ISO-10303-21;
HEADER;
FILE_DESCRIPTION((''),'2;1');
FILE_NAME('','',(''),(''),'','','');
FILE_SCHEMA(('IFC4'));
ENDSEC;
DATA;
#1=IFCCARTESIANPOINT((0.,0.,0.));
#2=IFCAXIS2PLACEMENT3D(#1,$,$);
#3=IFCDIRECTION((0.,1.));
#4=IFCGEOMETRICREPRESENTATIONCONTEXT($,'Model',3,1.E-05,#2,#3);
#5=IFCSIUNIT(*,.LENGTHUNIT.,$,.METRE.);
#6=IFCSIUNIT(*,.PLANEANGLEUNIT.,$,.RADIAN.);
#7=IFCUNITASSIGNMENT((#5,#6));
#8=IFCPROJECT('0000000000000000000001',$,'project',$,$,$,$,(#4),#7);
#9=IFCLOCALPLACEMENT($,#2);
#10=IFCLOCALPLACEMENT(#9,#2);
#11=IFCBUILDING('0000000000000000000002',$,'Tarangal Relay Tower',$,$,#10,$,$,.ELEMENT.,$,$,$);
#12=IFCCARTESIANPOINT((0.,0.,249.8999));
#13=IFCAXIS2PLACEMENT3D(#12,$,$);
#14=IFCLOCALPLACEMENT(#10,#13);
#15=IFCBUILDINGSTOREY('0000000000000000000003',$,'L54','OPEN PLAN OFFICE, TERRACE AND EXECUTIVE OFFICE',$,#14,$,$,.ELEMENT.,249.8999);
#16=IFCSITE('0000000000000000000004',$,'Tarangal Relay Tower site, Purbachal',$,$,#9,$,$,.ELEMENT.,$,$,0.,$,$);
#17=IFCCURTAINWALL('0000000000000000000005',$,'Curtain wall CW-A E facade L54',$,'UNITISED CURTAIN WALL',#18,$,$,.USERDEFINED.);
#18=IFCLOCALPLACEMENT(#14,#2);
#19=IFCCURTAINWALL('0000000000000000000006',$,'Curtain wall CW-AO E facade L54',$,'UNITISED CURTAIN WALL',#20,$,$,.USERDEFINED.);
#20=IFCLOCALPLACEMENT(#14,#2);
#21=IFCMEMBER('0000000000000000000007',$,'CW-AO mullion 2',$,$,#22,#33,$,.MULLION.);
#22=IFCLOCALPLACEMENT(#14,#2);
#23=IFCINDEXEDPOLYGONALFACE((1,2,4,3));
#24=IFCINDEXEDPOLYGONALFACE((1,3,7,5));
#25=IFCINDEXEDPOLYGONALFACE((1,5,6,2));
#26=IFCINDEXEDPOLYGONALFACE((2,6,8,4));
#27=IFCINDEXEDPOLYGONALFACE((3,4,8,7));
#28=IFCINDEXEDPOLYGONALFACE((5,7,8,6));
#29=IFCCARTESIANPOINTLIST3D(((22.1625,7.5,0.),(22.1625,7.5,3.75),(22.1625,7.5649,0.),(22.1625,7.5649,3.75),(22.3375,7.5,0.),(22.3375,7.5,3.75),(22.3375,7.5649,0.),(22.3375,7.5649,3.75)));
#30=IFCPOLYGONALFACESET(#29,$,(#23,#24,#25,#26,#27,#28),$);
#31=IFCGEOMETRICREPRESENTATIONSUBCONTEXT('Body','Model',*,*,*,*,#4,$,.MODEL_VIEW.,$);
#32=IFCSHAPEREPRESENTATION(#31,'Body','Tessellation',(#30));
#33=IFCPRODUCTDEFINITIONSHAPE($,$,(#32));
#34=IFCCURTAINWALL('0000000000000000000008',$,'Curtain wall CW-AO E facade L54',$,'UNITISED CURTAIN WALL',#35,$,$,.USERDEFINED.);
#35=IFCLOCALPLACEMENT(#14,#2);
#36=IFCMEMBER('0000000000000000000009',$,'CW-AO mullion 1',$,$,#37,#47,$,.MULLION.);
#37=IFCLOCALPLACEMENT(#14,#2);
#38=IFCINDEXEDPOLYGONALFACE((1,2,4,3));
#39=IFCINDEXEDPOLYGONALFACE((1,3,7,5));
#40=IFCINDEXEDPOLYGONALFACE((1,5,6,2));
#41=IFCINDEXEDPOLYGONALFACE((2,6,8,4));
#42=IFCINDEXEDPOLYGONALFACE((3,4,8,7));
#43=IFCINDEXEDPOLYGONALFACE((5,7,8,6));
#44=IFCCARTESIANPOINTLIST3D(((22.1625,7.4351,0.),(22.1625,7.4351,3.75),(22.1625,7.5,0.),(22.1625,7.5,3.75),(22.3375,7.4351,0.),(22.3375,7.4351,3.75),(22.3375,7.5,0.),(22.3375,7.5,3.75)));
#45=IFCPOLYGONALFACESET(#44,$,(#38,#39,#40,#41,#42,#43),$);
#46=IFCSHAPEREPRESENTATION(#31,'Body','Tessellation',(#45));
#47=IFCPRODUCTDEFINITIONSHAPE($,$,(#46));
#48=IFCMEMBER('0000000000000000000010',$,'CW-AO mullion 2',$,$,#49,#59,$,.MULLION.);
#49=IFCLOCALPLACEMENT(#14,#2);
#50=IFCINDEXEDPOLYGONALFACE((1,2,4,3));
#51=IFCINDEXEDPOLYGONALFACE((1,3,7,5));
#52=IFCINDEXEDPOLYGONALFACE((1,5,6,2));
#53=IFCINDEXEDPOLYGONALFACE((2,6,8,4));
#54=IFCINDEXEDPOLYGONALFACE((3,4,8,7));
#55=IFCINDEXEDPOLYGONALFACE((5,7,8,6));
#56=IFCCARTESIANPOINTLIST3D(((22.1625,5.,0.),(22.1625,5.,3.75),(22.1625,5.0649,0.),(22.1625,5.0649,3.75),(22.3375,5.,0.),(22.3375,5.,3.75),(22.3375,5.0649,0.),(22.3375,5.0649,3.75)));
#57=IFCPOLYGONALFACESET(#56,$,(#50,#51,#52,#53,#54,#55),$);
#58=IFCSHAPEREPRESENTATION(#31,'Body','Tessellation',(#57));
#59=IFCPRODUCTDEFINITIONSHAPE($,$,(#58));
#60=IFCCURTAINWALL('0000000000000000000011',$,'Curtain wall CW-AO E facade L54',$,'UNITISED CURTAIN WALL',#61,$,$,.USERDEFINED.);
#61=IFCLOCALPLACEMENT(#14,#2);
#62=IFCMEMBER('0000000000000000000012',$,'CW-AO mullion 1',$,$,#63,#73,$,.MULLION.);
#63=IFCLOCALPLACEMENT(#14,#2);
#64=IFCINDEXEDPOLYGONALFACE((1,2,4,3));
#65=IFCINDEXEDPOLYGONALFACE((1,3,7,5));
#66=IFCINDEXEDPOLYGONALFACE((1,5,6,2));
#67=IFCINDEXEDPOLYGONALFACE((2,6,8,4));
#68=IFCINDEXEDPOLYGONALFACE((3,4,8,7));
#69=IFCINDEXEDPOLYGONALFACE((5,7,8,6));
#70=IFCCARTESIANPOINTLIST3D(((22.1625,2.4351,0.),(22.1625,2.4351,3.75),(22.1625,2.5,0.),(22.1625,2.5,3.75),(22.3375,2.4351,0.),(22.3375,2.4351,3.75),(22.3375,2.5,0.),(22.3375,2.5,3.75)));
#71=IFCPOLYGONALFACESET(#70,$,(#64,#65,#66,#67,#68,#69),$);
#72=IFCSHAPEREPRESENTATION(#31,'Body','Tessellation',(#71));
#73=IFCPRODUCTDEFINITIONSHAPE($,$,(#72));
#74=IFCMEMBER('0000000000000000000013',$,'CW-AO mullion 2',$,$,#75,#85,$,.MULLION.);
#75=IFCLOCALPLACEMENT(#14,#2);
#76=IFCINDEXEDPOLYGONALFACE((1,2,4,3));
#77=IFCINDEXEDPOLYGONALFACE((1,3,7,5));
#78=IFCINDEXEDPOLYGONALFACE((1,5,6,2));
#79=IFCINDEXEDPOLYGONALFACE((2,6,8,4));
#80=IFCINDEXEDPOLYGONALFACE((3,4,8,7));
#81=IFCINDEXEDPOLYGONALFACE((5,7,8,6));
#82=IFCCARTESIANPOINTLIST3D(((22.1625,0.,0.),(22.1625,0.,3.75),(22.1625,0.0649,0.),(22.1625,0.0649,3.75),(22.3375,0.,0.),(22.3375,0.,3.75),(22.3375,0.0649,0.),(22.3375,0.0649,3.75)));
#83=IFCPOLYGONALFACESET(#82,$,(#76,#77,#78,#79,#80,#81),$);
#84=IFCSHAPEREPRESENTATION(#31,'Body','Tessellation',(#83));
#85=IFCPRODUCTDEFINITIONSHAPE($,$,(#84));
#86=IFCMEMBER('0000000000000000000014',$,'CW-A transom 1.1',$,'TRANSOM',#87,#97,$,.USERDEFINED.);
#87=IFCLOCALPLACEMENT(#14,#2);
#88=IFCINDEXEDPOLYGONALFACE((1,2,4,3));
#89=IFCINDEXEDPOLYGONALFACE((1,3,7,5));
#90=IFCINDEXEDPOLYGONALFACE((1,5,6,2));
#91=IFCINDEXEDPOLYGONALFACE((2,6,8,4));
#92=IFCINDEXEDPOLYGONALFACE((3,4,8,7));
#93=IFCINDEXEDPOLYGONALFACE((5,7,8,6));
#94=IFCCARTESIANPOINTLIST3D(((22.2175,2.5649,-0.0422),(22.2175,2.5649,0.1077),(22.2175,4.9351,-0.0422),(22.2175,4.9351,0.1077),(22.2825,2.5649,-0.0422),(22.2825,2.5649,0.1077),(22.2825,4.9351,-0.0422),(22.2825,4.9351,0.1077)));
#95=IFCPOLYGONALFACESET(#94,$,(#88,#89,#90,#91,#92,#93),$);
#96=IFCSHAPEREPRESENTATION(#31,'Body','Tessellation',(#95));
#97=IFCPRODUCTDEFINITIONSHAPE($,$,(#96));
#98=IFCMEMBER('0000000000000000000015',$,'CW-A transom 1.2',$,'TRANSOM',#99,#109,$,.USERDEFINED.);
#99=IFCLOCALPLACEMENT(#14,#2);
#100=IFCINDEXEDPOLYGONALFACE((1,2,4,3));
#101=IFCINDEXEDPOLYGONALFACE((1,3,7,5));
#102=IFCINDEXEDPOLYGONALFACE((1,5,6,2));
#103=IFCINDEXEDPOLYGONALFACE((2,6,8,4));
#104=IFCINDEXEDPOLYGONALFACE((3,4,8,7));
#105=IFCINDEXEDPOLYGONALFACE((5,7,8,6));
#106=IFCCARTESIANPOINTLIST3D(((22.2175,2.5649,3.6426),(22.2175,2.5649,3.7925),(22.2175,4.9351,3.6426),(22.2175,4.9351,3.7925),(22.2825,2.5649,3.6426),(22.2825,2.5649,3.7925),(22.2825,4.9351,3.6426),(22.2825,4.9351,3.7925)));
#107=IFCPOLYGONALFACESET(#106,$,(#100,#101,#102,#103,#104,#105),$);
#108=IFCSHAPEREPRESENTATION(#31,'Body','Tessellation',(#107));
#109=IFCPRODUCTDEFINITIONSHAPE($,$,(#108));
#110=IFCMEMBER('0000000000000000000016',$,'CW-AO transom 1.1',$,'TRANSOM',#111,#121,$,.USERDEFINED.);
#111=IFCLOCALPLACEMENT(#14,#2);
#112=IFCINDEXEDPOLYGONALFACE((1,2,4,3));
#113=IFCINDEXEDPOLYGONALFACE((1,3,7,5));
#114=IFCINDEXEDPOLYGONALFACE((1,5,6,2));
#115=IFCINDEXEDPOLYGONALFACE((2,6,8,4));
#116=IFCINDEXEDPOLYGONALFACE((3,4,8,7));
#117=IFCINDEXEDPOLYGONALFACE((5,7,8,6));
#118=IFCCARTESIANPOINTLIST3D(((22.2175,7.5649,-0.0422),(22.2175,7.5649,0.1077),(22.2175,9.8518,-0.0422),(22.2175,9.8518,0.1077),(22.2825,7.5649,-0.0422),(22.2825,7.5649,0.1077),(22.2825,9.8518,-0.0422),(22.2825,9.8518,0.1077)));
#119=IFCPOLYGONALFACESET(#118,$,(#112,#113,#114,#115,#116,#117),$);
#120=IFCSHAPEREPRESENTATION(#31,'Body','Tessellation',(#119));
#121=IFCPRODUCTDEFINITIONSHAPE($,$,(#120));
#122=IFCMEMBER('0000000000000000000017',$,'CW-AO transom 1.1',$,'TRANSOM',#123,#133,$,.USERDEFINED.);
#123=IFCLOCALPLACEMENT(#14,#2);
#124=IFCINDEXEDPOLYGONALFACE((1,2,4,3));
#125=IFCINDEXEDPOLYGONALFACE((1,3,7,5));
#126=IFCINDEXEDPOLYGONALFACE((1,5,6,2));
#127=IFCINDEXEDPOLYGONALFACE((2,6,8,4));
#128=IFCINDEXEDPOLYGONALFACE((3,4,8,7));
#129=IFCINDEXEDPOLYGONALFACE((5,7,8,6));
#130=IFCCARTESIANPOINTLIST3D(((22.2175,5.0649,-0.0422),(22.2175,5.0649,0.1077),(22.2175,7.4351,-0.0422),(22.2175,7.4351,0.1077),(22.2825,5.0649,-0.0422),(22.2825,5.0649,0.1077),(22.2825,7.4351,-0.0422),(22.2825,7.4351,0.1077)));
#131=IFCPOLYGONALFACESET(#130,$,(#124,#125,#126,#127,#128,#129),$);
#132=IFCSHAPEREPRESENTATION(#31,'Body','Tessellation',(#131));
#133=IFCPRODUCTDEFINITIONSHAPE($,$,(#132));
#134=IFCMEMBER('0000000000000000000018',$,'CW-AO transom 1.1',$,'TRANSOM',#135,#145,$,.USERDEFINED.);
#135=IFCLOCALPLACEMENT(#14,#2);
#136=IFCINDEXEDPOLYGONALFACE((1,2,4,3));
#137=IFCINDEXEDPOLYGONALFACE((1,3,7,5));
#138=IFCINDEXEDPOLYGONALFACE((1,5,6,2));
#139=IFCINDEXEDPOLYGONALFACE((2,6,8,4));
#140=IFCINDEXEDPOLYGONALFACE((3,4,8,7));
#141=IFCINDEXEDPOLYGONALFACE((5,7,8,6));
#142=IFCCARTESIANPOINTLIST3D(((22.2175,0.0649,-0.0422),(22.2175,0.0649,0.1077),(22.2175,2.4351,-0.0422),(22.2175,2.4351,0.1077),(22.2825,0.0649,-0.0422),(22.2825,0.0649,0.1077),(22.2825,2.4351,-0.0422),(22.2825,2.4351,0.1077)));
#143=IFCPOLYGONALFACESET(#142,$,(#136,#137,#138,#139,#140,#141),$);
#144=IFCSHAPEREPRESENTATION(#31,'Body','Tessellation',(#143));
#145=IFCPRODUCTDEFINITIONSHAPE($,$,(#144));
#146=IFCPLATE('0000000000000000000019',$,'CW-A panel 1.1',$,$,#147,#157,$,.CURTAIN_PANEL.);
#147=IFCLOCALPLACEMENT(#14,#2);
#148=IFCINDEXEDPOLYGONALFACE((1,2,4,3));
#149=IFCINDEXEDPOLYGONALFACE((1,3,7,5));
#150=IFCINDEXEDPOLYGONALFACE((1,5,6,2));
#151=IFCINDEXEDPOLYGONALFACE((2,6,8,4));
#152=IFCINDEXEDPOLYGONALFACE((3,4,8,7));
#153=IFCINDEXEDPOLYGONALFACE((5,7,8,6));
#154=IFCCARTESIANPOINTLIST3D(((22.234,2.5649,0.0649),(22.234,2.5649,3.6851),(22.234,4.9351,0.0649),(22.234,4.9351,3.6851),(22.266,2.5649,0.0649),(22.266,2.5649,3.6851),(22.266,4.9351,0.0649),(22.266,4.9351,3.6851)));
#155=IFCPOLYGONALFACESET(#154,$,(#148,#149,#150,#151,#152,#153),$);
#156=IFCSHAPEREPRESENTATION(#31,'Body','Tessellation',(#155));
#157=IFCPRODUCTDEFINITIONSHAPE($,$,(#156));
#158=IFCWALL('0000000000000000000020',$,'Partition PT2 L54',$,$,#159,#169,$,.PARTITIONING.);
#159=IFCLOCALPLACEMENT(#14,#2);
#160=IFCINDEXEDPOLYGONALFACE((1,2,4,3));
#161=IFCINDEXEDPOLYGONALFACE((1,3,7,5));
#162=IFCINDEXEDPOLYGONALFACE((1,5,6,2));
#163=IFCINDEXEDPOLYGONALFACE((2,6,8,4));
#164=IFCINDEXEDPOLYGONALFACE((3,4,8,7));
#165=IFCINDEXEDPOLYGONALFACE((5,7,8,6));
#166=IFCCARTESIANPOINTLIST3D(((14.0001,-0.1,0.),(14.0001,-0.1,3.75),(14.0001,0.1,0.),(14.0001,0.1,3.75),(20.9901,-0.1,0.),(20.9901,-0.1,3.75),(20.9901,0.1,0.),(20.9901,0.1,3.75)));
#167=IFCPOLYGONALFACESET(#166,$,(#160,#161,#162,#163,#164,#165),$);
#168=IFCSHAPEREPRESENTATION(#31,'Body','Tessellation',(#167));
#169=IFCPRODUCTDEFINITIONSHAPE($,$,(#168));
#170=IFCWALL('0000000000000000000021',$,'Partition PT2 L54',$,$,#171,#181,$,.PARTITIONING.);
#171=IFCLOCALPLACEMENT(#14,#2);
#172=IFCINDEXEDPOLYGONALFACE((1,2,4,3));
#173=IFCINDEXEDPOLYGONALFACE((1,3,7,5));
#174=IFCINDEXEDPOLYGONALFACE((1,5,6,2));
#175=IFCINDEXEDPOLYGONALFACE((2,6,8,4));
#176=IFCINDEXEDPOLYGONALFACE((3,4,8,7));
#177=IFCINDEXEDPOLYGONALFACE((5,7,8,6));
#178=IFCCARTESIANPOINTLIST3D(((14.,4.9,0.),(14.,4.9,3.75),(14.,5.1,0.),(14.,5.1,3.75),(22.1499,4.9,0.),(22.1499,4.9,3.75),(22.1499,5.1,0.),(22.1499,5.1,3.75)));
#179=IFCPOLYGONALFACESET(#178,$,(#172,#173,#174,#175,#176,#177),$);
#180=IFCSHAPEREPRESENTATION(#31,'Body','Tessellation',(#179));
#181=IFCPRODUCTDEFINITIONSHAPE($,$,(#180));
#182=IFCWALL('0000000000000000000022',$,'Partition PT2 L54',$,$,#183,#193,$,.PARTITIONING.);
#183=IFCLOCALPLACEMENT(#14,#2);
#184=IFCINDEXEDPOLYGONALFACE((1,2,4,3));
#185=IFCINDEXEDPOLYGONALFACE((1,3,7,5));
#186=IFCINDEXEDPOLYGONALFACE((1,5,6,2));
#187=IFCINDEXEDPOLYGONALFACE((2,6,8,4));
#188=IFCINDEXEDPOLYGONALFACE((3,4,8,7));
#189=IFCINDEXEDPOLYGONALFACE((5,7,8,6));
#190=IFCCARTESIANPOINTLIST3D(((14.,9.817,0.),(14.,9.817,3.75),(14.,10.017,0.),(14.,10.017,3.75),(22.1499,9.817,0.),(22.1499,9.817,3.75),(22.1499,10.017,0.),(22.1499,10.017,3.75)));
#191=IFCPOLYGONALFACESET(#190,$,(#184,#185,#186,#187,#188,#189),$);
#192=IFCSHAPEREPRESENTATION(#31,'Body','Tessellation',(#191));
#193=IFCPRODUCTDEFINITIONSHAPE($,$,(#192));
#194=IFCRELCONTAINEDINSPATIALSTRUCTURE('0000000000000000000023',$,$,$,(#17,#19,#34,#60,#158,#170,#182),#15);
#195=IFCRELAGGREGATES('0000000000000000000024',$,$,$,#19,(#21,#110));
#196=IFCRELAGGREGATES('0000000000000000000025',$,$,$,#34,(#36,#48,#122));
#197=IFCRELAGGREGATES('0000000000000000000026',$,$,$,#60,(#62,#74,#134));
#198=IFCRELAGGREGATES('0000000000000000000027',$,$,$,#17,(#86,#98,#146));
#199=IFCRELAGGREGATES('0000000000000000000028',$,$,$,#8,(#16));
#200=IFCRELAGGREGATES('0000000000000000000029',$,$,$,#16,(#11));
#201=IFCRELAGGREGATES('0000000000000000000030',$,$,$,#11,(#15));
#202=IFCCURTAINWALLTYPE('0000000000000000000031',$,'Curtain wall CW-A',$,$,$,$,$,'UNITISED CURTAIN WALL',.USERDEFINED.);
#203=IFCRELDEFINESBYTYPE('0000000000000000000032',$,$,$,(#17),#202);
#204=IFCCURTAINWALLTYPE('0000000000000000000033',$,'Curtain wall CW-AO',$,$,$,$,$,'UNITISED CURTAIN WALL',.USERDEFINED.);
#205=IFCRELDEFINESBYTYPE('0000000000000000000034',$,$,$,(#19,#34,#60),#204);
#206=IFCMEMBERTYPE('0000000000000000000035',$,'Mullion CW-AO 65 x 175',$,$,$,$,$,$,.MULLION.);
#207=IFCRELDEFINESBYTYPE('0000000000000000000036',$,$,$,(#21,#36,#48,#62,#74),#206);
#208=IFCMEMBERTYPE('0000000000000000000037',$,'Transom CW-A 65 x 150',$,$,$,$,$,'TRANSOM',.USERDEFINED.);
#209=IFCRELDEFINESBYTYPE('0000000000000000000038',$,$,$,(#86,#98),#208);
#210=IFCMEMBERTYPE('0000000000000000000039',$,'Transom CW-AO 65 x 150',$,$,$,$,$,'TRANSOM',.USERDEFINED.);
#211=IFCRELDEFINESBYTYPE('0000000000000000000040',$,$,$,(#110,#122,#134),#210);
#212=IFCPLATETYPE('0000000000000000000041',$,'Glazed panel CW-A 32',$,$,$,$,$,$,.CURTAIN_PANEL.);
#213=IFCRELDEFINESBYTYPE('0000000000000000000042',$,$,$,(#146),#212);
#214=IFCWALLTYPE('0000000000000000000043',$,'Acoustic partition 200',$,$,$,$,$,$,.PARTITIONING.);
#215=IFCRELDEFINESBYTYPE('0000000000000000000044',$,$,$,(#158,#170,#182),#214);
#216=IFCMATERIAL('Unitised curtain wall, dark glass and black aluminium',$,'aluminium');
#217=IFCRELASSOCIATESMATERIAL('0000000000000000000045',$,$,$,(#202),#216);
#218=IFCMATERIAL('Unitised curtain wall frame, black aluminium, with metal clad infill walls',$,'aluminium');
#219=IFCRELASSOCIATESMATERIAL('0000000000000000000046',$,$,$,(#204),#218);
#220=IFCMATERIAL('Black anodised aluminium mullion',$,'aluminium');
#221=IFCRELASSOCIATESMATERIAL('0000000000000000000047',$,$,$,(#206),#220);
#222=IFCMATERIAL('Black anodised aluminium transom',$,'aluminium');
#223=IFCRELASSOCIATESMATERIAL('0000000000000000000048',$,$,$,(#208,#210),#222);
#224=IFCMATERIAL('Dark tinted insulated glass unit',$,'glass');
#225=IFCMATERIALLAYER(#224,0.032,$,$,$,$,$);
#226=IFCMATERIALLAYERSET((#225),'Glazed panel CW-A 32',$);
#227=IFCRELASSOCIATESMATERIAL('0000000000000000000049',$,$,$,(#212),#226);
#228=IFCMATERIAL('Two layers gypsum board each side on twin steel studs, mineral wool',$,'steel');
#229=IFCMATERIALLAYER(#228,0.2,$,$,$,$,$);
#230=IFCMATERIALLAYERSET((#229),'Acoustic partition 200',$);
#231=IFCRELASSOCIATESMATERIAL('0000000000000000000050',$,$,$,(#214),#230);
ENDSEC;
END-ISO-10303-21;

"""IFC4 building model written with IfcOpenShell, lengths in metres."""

from ifc_helpers import new_model, si_unit, direction, frame, frame_2d, origin, origin_2d, place, context, subcontext, project, spatial, rectangle, extrude, material, layer, layer_set, material_profile, profile_set, type_object, element, aggregate, save


model = new_model("IFC4")

# Units and contexts
model_context = context("Model", 3, precision=1e-05, world=origin(), true_north=direction((0.0, 1.0)))
body_context = subcontext(model_context, "Body", "Model", "MODEL_VIEW")
ifc_project = project(units=[si_unit("LENGTHUNIT", "METRE"), si_unit("PLANEANGLEUNIT", "RADIAN")], contexts=[model_context])

# Site, building, storey
site_placement = place(None, origin())
site = spatial("IfcSite", under=ifc_project, at=site_placement, Name="Tarangal Relay Tower site, Purbachal", CompositionType="ELEMENT", RefElevation=0.0)
building_placement = place(site_placement, origin())
building = spatial("IfcBuilding", under=site, at=building_placement, Name="Tarangal Relay Tower", CompositionType="ELEMENT")
storey_placement = place(building_placement, frame((0.0, 0.0, 249.8999)))
storey = spatial("IfcBuildingStorey", under=building, at=storey_placement, Name="L54", Description="OPEN PLAN OFFICE, TERRACE AND EXECUTIVE OFFICE", CompositionType="ELEMENT", Elevation=249.8999)

# Shared definitions
ifc_material_1 = material(Name="Unitised curtain wall, dark glass and black aluminium", Category="aluminium")
curtain_wall_type_1 = type_object("IfcCurtainWallType", Name="Curtain wall CW-A", ElementType="UNITISED CURTAIN WALL", PredefinedType="USERDEFINED", material=ifc_material_1)
ifc_material_2 = material(Name="Black anodised aluminium mullion", Category="aluminium")

# Curtain walls, members
curtain_wall_1_placement = place(storey_placement, origin())
curtain_wall_1 = element("IfcCurtainWall", 1, at=curtain_wall_1_placement, inside=storey, type_object=curtain_wall_type_1, Name="Curtain wall CW-A E facade L54", ObjectType="UNITISED CURTAIN WALL", PredefinedType="USERDEFINED")
ifc_material_3 = material(Name="Unitised curtain wall frame, black aluminium, with metal clad infill walls", Category="aluminium")
curtain_wall_type_2 = type_object("IfcCurtainWallType", Name="Curtain wall CW-AO", ElementType="UNITISED CURTAIN WALL", PredefinedType="USERDEFINED", material=ifc_material_3)
curtain_wall_2_placement = place(storey_placement, origin())
curtain_wall_2 = element("IfcCurtainWall", 2, at=curtain_wall_2_placement, inside=storey, type_object=curtain_wall_type_2, Name="Curtain wall CW-AO E facade L54", ObjectType="UNITISED CURTAIN WALL", PredefinedType="USERDEFINED")
ifc_material_profile_1 = material_profile(ifc_material_2, rectangle(XDim=0.175, YDim=0.0649, at=origin_2d()), Name="CW-AOM 65X175")
ifc_profile_set_1 = profile_set([ifc_material_profile_1], Name="Black anodised aluminium mullion")
member_type_1 = type_object("IfcMemberType", Name="Mullion CW-AO 65 x 175", PredefinedType="MULLION", material=ifc_profile_set_1)
member_1_placement = place(storey_placement, frame((22.25, 7.5325, 0.0), z_axis=(0.0, 0.0, 1.0), x_axis=(1.0, 0.0, 0.0)))
member_1 = element("IfcMember", 3, at=member_1_placement, type_object=member_type_1, Name="CW-AO mullion 2", PredefinedType="MULLION", context=body_context, shape_type="SweptSolid", body=[
    extrude(rectangle(XDim=0.175, YDim=0.0649, at=origin_2d()), origin(), (0.0, 0.0, 1.0), 3.75),
])
curtain_wall_3_placement = place(storey_placement, origin())
curtain_wall_3 = element("IfcCurtainWall", 4, at=curtain_wall_3_placement, inside=storey, type_object=curtain_wall_type_2, Name="Curtain wall CW-AO E facade L54", ObjectType="UNITISED CURTAIN WALL", PredefinedType="USERDEFINED")
member_2_placement = place(storey_placement, frame((22.25, 7.4675, 0.0), z_axis=(0.0, 0.0, 1.0), x_axis=(1.0, 0.0, 0.0)))
member_2 = element("IfcMember", 5, at=member_2_placement, type_object=member_type_1, Name="CW-AO mullion 1", PredefinedType="MULLION", context=body_context, shape_type="SweptSolid", body=[
    extrude(rectangle(XDim=0.175, YDim=0.0649, at=origin_2d()), origin(), (0.0, 0.0, 1.0), 3.75),
])
member_3_placement = place(storey_placement, frame((22.25, 5.0325, 0.0), z_axis=(0.0, 0.0, 1.0), x_axis=(1.0, 0.0, 0.0)))
member_3 = element("IfcMember", 6, at=member_3_placement, type_object=member_type_1, Name="CW-AO mullion 2", PredefinedType="MULLION", context=body_context, shape_type="SweptSolid", body=[
    extrude(rectangle(XDim=0.175, YDim=0.0649, at=origin_2d()), origin(), (0.0, 0.0, 1.0), 3.75),
])
curtain_wall_4_placement = place(storey_placement, origin())
curtain_wall_4 = element("IfcCurtainWall", 7, at=curtain_wall_4_placement, inside=storey, type_object=curtain_wall_type_2, Name="Curtain wall CW-AO E facade L54", ObjectType="UNITISED CURTAIN WALL", PredefinedType="USERDEFINED")
member_4_placement = place(storey_placement, frame((22.25, 2.4675, 0.0), z_axis=(0.0, 0.0, 1.0), x_axis=(1.0, 0.0, 0.0)))
member_4 = element("IfcMember", 8, at=member_4_placement, type_object=member_type_1, Name="CW-AO mullion 1", PredefinedType="MULLION", context=body_context, shape_type="SweptSolid", body=[
    extrude(rectangle(XDim=0.175, YDim=0.0649, at=origin_2d()), origin(), (0.0, 0.0, 1.0), 3.75),
])
member_5_placement = place(storey_placement, frame((22.25, 0.0325, 0.0), z_axis=(0.0, 0.0, 1.0), x_axis=(1.0, 0.0, 0.0)))
member_5 = element("IfcMember", 9, at=member_5_placement, type_object=member_type_1, Name="CW-AO mullion 2", PredefinedType="MULLION", context=body_context, shape_type="SweptSolid", body=[
    extrude(rectangle(XDim=0.175, YDim=0.0649, at=origin_2d()), origin(), (0.0, 0.0, 1.0), 3.75),
])

# Members
ifc_material_4 = material(Name="Black anodised aluminium transom", Category="aluminium")
ifc_material_profile_2 = material_profile(ifc_material_4, rectangle(XDim=0.0649, YDim=0.1499, at=origin_2d()), Name="CW-AT 65X150")
ifc_profile_set_2 = profile_set([ifc_material_profile_2], Name="Black anodised aluminium transom")
member_type_2 = type_object("IfcMemberType", Name="Transom CW-A 65 x 150", ElementType="TRANSOM", PredefinedType="USERDEFINED", material=ifc_profile_set_2)
member_6_placement = place(storey_placement, frame((22.25, 4.9351, 0.0327), z_axis=(0.0, -1.0, 0.0), x_axis=(1.0, 0.0, 0.0)))
member_6 = element("IfcMember", 10, at=member_6_placement, type_object=member_type_2, Name="CW-A transom 1.1", ObjectType="TRANSOM", PredefinedType="USERDEFINED", context=body_context, shape_type="SweptSolid", body=[
    extrude(rectangle(XDim=0.0649, YDim=0.1499, at=origin_2d()), origin(), (0.0, 0.0, 1.0), 2.3701),
])
member_7_placement = place(storey_placement, frame((22.25, 4.9351, 3.7175), z_axis=(0.0, -1.0, 0.0), x_axis=(1.0, 0.0, 0.0)))
member_7 = element("IfcMember", 11, at=member_7_placement, type_object=member_type_2, Name="CW-A transom 1.2", ObjectType="TRANSOM", PredefinedType="USERDEFINED", context=body_context, shape_type="SweptSolid", body=[
    extrude(rectangle(XDim=0.0649, YDim=0.1499, at=origin_2d()), origin(), (0.0, 0.0, 1.0), 2.3701),
])
ifc_material_profile_3 = material_profile(ifc_material_4, rectangle(XDim=0.0649, YDim=0.1499, at=origin_2d()), Name="CW-AOT 65X150")
ifc_profile_set_3 = profile_set([ifc_material_profile_3], Name="Black anodised aluminium transom")
member_type_3 = type_object("IfcMemberType", Name="Transom CW-AO 65 x 150", ElementType="TRANSOM", PredefinedType="USERDEFINED", material=ifc_profile_set_3)
member_8_placement = place(storey_placement, frame((22.25, 9.8518, 0.0327), z_axis=(0.0, -1.0, 0.0), x_axis=(1.0, 0.0, 0.0)))
member_8 = element("IfcMember", 12, at=member_8_placement, type_object=member_type_3, Name="CW-AO transom 1.1", ObjectType="TRANSOM", PredefinedType="USERDEFINED", context=body_context, shape_type="SweptSolid", body=[
    extrude(rectangle(XDim=0.0649, YDim=0.1499, at=origin_2d()), origin(), (0.0, 0.0, 1.0), 2.2869),
])
aggregate(curtain_wall_2, [member_1, member_8])
member_9_placement = place(storey_placement, frame((22.25, 7.4351, 0.0327), z_axis=(0.0, -1.0, 0.0), x_axis=(1.0, 0.0, 0.0)))
member_9 = element("IfcMember", 13, at=member_9_placement, type_object=member_type_3, Name="CW-AO transom 1.1", ObjectType="TRANSOM", PredefinedType="USERDEFINED", context=body_context, shape_type="SweptSolid", body=[
    extrude(rectangle(XDim=0.0649, YDim=0.1499, at=origin_2d()), origin(), (0.0, 0.0, 1.0), 2.3701),
])
aggregate(curtain_wall_3, [member_2, member_3, member_9])
member_10_placement = place(storey_placement, frame((22.25, 2.4351, 0.0327), z_axis=(0.0, -1.0, 0.0), x_axis=(1.0, 0.0, 0.0)))
member_10 = element("IfcMember", 14, at=member_10_placement, type_object=member_type_3, Name="CW-AO transom 1.1", ObjectType="TRANSOM", PredefinedType="USERDEFINED", context=body_context, shape_type="SweptSolid", body=[
    extrude(rectangle(XDim=0.0649, YDim=0.1499, at=origin_2d()), origin(), (0.0, 0.0, 1.0), 2.3701),
])
aggregate(curtain_wall_4, [member_4, member_5, member_10])

# Plate
ifc_material_5 = material(Name="Dark tinted insulated glass unit", Category="glass")
ifc_layer_1 = layer(ifc_material_5, 0.032)
ifc_layer_set_1 = layer_set([ifc_layer_1], Name="Glazed panel CW-A 32")
plate_type = type_object("IfcPlateType", Name="Glazed panel CW-A 32", PredefinedType="CURTAIN_PANEL", material=ifc_layer_set_1)
plate_placement = place(storey_placement, frame((22.25, 3.75, 0.0649), z_axis=(0.0, 0.0, 1.0), x_axis=(0.0, -1.0, 0.0)))
plate = element("IfcPlate", 15, at=plate_placement, type_object=plate_type, Name="CW-A panel 1.1", PredefinedType="CURTAIN_PANEL", context=body_context, shape_type="SweptSolid", body=[
    extrude(rectangle(XDim=2.3701, YDim=0.032, at=origin_2d()), origin(), (0.0, 0.0, 1.0), 3.6201),
])
aggregate(curtain_wall_1, [member_6, member_7, plate])

# Walls
ifc_material_6 = material(Name="Two layers gypsum board each side on twin steel studs, mineral wool", Category="steel")
ifc_layer_2 = layer(ifc_material_6, 0.2)
ifc_layer_set_2 = layer_set([ifc_layer_2], Name="Acoustic partition 200")
wall_type_1 = type_object("IfcWallType", Name="Acoustic partition 200", PredefinedType="PARTITIONING", material=ifc_layer_set_2)
wall_1_placement = place(storey_placement, frame((14.0, 0.0, 0.0), z_axis=(0.0, 0.0, 1.0), x_axis=(1.0, 0.0, 0.0)))
element("IfcWall", 16, at=wall_1_placement, inside=storey, type_object=wall_type_1, Name="Partition PT2 L54", PredefinedType="PARTITIONING", context=body_context, shape_type="SweptSolid", body=[
    extrude(rectangle(XDim=6.99, YDim=0.2, at=frame_2d((3.4951, 0.0))), origin(), (0.0, 0.0, 1.0), 3.75),
])
for number, where, z_axis, x_axis, name in (
    (17, (14.0, 5.0, 0.0), (0.0, 0.0, 1.0), (1.0, 0.0, 0.0), "Partition PT2 L54"),
    (18, (14.0, 9.917, 0.0), (0.0, 0.0, 1.0), (1.0, 0.0, 0.0), "Partition PT2 L54"),
):
    element("IfcWall", number, at=place(storey_placement, frame(where, z_axis=z_axis, x_axis=x_axis)), inside=storey, type_object=wall_type_1, Name=name, PredefinedType="PARTITIONING", context=body_context, shape_type="SweptSolid", body=[
        extrude(rectangle(XDim=8.1499, YDim=0.2, at=frame_2d((4.075, 0.0))), origin(), (0.0, 0.0, 1.0), 3.75),
    ])

save(model, "model.ifc")
